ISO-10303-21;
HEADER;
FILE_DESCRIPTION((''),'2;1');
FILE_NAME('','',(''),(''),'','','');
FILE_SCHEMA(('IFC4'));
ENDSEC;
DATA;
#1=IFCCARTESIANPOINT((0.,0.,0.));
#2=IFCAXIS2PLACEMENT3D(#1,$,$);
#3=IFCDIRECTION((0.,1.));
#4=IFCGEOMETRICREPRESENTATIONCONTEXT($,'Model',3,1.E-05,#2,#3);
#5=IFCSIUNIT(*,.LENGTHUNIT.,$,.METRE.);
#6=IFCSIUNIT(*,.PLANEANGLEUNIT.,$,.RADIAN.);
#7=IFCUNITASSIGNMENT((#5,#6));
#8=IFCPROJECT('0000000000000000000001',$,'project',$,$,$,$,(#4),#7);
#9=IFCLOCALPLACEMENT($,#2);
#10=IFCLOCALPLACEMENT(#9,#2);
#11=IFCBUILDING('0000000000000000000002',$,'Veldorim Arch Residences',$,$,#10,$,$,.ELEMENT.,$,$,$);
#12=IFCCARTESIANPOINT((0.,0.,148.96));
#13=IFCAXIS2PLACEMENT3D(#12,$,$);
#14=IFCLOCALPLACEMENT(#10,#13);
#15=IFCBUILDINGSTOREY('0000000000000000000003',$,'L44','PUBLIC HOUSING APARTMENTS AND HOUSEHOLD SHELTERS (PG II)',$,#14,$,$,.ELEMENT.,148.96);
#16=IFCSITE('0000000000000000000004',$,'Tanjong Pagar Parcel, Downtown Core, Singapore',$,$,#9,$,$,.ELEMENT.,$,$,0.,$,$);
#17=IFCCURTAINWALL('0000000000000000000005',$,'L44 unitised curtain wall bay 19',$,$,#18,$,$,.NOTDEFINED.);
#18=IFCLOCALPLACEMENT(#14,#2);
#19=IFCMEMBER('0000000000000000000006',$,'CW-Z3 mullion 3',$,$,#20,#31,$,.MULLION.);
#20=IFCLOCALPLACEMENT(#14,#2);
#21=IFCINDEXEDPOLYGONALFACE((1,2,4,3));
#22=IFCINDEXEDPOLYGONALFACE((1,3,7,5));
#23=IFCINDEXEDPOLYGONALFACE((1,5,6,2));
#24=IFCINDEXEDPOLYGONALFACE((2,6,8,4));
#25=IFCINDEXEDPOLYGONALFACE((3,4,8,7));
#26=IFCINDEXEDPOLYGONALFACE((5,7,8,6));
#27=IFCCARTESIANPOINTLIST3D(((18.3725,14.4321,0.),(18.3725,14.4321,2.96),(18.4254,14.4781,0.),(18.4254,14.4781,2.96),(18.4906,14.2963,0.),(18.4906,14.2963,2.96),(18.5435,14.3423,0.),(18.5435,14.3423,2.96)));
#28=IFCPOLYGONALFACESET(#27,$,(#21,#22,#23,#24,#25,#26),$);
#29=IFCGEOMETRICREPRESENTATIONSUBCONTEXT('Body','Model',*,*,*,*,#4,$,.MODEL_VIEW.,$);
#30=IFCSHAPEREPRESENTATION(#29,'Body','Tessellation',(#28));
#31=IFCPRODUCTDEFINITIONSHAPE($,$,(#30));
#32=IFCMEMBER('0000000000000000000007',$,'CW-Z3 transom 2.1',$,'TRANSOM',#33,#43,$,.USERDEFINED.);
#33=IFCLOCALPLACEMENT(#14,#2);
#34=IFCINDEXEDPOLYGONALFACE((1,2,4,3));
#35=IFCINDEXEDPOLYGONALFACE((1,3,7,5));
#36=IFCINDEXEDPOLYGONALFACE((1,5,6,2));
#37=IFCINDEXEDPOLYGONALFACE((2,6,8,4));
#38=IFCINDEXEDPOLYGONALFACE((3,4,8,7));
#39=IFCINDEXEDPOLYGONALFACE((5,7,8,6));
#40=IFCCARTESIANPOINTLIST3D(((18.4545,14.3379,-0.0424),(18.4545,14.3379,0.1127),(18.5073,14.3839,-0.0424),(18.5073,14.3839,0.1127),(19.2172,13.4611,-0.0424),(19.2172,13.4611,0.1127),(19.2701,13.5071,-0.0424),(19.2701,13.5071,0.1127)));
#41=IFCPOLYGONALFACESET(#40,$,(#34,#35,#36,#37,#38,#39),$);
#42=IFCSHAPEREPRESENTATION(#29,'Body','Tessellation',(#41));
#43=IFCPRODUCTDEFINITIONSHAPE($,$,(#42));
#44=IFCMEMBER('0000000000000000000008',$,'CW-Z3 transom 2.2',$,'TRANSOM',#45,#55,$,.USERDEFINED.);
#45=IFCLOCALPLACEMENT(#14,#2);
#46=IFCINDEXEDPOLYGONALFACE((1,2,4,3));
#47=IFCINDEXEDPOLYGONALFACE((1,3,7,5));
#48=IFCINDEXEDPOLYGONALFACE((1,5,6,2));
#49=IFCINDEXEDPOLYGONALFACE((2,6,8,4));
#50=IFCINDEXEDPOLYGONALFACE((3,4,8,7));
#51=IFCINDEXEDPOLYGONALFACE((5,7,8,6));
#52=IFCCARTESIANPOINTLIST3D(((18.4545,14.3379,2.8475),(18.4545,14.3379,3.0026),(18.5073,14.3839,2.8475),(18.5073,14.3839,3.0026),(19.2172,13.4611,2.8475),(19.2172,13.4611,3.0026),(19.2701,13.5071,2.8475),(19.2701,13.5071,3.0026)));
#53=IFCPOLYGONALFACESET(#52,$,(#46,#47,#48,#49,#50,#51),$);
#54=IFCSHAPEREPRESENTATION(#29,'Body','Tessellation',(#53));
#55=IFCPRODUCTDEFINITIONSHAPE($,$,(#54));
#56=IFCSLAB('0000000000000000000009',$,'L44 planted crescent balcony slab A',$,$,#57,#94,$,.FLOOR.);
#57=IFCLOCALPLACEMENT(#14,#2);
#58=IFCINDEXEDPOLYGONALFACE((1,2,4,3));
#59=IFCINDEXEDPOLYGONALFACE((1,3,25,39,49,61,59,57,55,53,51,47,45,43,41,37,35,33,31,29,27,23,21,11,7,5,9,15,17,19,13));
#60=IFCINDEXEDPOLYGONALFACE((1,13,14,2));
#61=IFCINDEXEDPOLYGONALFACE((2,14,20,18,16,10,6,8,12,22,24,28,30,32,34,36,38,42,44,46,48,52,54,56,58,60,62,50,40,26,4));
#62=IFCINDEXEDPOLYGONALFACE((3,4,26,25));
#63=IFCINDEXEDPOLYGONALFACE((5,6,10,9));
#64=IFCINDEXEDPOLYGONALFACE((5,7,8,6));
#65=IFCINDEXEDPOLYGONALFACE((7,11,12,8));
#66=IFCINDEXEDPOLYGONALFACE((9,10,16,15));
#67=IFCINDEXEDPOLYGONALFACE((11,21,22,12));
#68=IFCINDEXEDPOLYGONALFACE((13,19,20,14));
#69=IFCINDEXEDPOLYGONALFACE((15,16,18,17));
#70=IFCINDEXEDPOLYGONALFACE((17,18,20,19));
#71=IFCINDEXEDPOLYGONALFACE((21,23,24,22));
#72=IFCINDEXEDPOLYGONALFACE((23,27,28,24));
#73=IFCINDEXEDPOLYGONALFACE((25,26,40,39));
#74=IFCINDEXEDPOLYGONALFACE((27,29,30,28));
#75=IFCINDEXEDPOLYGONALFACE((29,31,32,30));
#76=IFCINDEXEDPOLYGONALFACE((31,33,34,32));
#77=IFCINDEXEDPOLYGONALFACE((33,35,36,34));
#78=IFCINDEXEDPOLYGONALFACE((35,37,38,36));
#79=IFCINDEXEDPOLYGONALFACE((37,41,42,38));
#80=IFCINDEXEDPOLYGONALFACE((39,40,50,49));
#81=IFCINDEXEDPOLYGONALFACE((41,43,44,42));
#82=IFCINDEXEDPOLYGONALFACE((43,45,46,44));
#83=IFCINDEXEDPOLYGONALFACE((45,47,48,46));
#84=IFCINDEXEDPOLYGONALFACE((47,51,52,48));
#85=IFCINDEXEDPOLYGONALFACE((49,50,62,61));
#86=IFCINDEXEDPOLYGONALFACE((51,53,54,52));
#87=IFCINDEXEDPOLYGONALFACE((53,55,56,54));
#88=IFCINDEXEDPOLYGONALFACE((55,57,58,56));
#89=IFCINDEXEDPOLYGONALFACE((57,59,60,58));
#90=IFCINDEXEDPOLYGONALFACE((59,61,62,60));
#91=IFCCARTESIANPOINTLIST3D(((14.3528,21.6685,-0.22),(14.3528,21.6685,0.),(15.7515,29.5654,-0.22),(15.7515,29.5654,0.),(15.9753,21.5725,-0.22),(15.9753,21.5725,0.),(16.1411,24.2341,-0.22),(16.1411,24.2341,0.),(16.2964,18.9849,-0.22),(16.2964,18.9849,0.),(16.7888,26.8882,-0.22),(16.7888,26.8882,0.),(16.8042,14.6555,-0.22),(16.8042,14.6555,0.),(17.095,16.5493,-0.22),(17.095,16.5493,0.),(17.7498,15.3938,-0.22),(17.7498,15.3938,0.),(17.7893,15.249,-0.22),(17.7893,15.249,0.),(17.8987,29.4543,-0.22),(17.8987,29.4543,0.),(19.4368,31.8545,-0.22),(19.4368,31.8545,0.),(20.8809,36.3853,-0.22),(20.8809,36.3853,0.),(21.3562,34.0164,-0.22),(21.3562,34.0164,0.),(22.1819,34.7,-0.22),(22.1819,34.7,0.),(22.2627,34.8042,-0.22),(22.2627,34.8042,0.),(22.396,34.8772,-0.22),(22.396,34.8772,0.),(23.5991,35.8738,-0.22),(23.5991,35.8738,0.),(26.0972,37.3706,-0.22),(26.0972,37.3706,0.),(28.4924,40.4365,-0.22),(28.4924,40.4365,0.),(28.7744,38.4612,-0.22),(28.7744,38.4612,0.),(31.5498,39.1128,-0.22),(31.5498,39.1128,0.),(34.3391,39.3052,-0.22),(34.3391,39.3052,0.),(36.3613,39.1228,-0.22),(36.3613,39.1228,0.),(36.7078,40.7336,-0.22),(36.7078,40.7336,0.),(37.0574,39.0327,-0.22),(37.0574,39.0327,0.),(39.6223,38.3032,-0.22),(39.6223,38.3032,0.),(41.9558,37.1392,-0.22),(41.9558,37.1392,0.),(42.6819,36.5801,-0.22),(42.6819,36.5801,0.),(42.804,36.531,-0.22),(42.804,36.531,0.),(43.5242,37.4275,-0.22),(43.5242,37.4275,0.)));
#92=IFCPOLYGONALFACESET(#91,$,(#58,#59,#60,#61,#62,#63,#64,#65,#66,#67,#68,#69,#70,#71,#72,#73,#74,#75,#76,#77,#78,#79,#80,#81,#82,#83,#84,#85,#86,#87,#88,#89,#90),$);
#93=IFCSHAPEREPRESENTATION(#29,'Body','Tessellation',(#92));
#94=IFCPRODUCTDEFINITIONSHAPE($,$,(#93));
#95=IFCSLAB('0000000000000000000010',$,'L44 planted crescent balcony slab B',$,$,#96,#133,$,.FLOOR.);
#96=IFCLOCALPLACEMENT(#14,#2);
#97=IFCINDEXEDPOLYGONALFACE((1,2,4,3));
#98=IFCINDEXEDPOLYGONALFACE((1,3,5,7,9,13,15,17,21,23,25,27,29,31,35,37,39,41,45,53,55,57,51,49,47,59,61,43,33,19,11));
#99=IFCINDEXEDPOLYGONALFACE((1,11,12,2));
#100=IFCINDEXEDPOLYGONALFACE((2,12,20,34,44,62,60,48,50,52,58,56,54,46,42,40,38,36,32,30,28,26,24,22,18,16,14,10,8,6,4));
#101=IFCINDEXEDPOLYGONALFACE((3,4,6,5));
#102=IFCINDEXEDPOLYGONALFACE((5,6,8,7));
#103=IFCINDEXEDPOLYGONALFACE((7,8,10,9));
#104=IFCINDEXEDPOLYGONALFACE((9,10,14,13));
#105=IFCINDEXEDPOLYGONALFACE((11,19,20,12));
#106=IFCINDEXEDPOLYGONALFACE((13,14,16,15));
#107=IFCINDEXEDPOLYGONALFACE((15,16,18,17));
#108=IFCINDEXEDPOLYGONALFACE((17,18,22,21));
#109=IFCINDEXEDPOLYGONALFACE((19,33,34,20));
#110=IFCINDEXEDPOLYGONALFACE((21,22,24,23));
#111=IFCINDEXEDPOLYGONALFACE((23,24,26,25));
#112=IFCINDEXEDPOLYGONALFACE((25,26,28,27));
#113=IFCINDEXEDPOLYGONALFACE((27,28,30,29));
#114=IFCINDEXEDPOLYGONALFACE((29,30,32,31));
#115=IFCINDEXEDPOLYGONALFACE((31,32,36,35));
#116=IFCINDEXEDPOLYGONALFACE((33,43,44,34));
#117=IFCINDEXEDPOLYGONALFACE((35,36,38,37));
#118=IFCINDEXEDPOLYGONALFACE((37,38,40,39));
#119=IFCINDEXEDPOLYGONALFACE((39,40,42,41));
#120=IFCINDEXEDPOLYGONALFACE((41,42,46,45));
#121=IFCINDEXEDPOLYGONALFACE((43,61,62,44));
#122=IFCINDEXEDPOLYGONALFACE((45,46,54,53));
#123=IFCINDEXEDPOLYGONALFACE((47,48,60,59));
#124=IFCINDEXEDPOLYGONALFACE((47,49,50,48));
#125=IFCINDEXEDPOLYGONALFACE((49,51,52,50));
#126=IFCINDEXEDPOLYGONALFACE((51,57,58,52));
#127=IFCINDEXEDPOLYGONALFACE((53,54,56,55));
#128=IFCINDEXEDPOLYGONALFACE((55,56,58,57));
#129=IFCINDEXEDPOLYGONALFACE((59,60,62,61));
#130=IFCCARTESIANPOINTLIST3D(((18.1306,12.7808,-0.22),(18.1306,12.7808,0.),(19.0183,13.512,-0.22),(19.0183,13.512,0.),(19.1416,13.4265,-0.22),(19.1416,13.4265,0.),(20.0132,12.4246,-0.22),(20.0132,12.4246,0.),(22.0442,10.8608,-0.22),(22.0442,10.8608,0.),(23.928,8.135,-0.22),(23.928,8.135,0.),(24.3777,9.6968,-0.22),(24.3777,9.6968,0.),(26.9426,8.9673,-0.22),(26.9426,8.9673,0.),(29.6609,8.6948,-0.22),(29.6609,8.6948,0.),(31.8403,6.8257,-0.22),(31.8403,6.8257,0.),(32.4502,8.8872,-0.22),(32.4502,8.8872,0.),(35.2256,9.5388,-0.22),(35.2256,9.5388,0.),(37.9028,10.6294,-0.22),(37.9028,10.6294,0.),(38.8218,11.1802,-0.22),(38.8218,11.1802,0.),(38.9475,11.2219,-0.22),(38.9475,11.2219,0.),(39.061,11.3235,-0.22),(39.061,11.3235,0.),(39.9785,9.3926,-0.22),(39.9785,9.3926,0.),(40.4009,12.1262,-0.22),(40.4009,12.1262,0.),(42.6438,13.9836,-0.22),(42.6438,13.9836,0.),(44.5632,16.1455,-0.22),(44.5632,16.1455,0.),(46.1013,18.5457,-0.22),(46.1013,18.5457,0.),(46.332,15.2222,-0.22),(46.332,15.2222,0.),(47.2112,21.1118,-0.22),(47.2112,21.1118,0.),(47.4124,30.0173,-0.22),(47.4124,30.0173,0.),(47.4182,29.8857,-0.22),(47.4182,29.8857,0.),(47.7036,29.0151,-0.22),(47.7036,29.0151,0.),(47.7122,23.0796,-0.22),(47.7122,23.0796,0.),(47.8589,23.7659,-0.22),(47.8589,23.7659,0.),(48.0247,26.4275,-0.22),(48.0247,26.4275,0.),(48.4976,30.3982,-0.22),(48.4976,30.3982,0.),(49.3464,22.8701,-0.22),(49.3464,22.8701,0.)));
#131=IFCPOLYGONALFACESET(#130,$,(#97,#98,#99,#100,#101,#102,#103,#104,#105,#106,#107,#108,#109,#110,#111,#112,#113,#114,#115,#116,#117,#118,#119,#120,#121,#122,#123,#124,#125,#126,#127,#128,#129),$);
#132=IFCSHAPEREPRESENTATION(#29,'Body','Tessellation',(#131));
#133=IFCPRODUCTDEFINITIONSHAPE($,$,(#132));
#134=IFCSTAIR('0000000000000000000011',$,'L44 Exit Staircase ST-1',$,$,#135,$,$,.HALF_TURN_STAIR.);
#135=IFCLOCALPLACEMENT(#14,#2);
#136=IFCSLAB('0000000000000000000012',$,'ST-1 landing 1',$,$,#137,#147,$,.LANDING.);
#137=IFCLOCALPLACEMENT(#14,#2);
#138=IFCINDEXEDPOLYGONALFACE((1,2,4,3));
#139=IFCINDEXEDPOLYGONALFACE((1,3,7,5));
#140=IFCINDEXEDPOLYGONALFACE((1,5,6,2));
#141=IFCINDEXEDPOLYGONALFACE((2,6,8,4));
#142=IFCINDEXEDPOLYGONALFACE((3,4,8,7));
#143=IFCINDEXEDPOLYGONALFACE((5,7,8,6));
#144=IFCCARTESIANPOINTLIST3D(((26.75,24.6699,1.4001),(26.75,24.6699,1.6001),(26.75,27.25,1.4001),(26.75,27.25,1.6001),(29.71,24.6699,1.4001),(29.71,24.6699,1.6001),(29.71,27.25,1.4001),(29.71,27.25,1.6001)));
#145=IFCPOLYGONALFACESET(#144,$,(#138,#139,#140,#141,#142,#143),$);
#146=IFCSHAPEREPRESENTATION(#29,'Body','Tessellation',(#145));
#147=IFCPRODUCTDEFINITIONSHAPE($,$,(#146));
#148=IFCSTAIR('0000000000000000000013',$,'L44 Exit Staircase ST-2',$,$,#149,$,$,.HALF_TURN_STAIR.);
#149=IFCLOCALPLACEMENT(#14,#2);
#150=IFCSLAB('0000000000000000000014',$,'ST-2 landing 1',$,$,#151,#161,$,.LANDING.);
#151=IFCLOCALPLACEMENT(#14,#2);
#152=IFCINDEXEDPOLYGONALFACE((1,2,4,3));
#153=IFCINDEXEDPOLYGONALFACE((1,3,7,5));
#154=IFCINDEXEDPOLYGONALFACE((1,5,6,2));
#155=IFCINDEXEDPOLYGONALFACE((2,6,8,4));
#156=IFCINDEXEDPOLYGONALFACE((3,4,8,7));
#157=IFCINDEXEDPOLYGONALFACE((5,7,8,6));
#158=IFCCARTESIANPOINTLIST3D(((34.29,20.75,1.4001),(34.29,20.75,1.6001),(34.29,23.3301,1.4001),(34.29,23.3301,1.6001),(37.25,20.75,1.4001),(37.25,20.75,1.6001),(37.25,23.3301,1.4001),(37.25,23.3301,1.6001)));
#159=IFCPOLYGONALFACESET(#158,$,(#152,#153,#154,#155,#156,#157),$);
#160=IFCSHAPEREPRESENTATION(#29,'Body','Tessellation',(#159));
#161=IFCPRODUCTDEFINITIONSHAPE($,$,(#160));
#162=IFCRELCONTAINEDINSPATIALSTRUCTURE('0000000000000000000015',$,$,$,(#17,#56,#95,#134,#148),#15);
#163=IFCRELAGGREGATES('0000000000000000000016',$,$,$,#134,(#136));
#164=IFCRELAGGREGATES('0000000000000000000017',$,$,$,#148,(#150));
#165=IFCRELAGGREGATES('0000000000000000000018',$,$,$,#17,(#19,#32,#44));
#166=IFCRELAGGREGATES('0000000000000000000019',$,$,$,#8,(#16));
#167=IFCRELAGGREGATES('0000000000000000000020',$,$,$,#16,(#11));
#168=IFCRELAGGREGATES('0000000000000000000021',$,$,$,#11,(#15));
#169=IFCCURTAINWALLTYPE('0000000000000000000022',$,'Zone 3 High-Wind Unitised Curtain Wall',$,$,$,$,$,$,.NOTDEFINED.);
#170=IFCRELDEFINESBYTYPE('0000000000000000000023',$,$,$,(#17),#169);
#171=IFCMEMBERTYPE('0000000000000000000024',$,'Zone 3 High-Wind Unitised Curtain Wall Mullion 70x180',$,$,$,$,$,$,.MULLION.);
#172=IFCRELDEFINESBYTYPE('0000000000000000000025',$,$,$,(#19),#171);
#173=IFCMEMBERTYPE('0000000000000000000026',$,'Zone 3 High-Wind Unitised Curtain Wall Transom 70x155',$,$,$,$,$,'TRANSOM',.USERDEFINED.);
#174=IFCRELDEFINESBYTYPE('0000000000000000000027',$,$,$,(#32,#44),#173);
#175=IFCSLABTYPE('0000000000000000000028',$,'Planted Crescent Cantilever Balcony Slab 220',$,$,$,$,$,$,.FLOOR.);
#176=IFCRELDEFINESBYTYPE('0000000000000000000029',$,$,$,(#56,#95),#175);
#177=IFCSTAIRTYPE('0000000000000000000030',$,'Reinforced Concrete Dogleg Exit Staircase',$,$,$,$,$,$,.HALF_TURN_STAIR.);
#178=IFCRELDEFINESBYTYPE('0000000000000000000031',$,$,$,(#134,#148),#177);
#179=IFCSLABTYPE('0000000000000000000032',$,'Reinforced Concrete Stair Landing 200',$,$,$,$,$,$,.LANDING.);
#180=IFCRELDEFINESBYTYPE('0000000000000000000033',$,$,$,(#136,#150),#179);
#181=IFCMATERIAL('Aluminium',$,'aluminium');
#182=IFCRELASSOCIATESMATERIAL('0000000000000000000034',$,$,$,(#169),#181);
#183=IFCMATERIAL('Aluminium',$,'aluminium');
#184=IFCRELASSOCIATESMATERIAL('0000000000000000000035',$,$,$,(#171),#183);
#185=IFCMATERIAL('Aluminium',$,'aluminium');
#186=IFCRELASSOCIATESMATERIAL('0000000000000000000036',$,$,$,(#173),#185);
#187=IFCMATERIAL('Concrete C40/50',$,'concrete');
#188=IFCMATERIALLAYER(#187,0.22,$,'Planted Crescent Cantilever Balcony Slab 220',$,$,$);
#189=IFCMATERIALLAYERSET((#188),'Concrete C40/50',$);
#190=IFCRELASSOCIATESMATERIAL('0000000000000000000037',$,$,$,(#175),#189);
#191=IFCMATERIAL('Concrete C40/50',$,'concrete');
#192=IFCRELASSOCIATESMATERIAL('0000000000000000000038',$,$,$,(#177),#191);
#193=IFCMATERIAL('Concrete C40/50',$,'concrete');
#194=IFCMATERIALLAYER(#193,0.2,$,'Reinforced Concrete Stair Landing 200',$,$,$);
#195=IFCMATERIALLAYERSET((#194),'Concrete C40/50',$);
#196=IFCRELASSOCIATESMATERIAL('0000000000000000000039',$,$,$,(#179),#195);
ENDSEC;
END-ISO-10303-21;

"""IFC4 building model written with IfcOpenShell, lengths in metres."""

from ifc_helpers import new_model, si_unit, direction, frame, origin, origin_2d, place, context, subcontext, project, spatial, polyline, rectangle, outline, extrude, material, layer, layer_set, material_profile, profile_set, type_object, element, aggregate, save


model = new_model("IFC4")

# Units and contexts
model_context = context("Model", 3, precision=1e-05, world=origin(), true_north=direction((0.0, 1.0)))
body_context = subcontext(model_context, "Body", "Model", "MODEL_VIEW")
ifc_project = project(units=[si_unit("LENGTHUNIT", "METRE"), si_unit("PLANEANGLEUNIT", "RADIAN")], contexts=[model_context])

# Site, building, storey
site_placement = place(None, origin())
site = spatial("IfcSite", under=ifc_project, at=site_placement, Name="Tanjong Pagar Parcel, Downtown Core, Singapore", CompositionType="ELEMENT", RefElevation=0.0)
building_placement = place(site_placement, origin())
building = spatial("IfcBuilding", under=site, at=building_placement, Name="Veldorim Arch Residences", CompositionType="ELEMENT")
storey_placement = place(building_placement, frame((0.0, 0.0, 148.96)))
storey = spatial("IfcBuildingStorey", under=building, at=storey_placement, Name="L44", Description="PUBLIC HOUSING APARTMENTS AND HOUSEHOLD SHELTERS (PG II)", CompositionType="ELEMENT", Elevation=148.96)

# Curtain wall, members
ifc_material_1 = material(Name="Aluminium", Category="aluminium")
curtain_wall_type = type_object("IfcCurtainWallType", Name="Zone 3 High-Wind Unitised Curtain Wall", PredefinedType="NOTDEFINED", material=ifc_material_1)
curtain_wall_placement = place(storey_placement, origin())
curtain_wall = element("IfcCurtainWall", 1, at=curtain_wall_placement, inside=storey, type_object=curtain_wall_type, Name="L44 unitised curtain wall bay 19", PredefinedType="NOTDEFINED")
ifc_material_2 = material(Name="Aluminium", Category="aluminium")
ifc_material_profile_1 = material_profile(ifc_material_2, rectangle(XDim=0.0701, YDim=0.1799, at=origin_2d()), Name="ALU_MUL_70x180")
ifc_profile_set_1 = profile_set([ifc_material_profile_1], Name="Aluminium")
member_type_1 = type_object("IfcMemberType", Name="Zone 3 High-Wind Unitised Curtain Wall Mullion 70x180", PredefinedType="MULLION", material=ifc_profile_set_1)
member_1_placement = place(storey_placement, frame((18.458, 14.3872, 0.0), z_axis=(0.0, 0.0, 1.0), x_axis=(-0.7544, -0.656415, 0.0)))
member_1 = element("IfcMember", 2, at=member_1_placement, type_object=member_type_1, Name="CW-Z3 mullion 3", PredefinedType="MULLION", context=body_context, shape_type="SweptSolid", body=[
    extrude(rectangle(XDim=0.0701, YDim=0.1799, at=origin_2d()), origin(), (0.0, 0.0, 1.0), 2.96),
])
ifc_material_3 = material(Name="Aluminium", Category="aluminium")
ifc_material_profile_2 = material_profile(ifc_material_3, rectangle(XDim=0.0701, YDim=0.155, at=origin_2d()), Name="ALU_TRN_70x155")
ifc_profile_set_2 = profile_set([ifc_material_profile_2], Name="Aluminium")
member_type_2 = type_object("IfcMemberType", Name="Zone 3 High-Wind Unitised Curtain Wall Transom 70x155", ElementType="TRANSOM", PredefinedType="USERDEFINED", material=ifc_profile_set_2)
member_2_placement = place(storey_placement, frame((19.2437, 13.4841, 0.0352), z_axis=(-0.656345, 0.754461, 0.0), x_axis=(-0.754461, -0.656345, 0.0)))
member_2 = element("IfcMember", 3, at=member_2_placement, type_object=member_type_2, Name="CW-Z3 transom 2.1", ObjectType="TRANSOM", PredefinedType="USERDEFINED", context=body_context, shape_type="SweptSolid", body=[
    extrude(rectangle(XDim=0.0701, YDim=0.155, at=origin_2d()), origin(), (0.0, 0.0, 1.0), 1.1621),
])
member_3_placement = place(storey_placement, frame((19.2437, 13.4841, 2.925), z_axis=(-0.656345, 0.754461, 0.0), x_axis=(-0.754461, -0.656345, 0.0)))
member_3 = element("IfcMember", 4, at=member_3_placement, type_object=member_type_2, Name="CW-Z3 transom 2.2", ObjectType="TRANSOM", PredefinedType="USERDEFINED", context=body_context, shape_type="SweptSolid", body=[
    extrude(rectangle(XDim=0.0701, YDim=0.155, at=origin_2d()), origin(), (0.0, 0.0, 1.0), 1.1621),
])

# Slabs
ifc_material_4 = material(Name="Concrete C40/50", Category="concrete")
ifc_layer_1 = layer(ifc_material_4, 0.22, Name="Planted Crescent Cantilever Balcony Slab 220")
ifc_layer_set_1 = layer_set([ifc_layer_1], Name="Concrete C40/50")
slab_type_1 = type_object("IfcSlabType", Name="Planted Crescent Cantilever Balcony Slab 220", PredefinedType="FLOOR", material=ifc_layer_set_1)
slab_1_placement = place(storey_placement, frame((0.0, 0.0, -0.22)))
element("IfcSlab", 5, at=slab_1_placement, inside=storey, type_object=slab_type_1, Name="L44 planted crescent balcony slab A", PredefinedType="FLOOR", context=body_context, shape_type="SweptSolid", body=[
    extrude(outline(polyline([(42.6819, 36.5801), (41.9558, 37.1392), (39.6223, 38.3032), (37.0574, 39.0327), (36.3613, 39.1228), (34.3391, 39.3052), (31.5498, 39.1128), (28.7744, 38.4612), (26.0972, 37.3706), (23.5991, 35.8738), (22.396, 34.8772), (22.2627, 34.8042), (22.1819, 34.7), (21.3562, 34.0164), (19.4368, 31.8545), (17.8987, 29.4543), (16.7888, 26.8882), (16.1411, 24.2341), (15.9753, 21.5725), (16.2964, 18.9849), (17.095, 16.5493), (17.7498, 15.3938), (17.7893, 15.249), (16.8042, 14.6555), (14.3528, 21.6685), (15.7515, 29.5654), (20.8809, 36.3853), (28.4924, 40.4365), (36.7078, 40.7336), (43.5242, 37.4275), (42.804, 36.531), (42.6819, 36.5801)])), origin(), (0.0, 0.0, 1.0), 0.22),
])
slab_2_placement = place(storey_placement, frame((0.0, 0.0, -0.22)))
element("IfcSlab", 6, at=slab_2_placement, inside=storey, type_object=slab_type_1, Name="L44 planted crescent balcony slab B", PredefinedType="FLOOR", context=body_context, shape_type="SweptSolid", body=[
    extrude(outline(polyline([(19.1416, 13.4265), (20.0132, 12.4246), (22.0442, 10.8608), (24.3777, 9.6968), (26.9426, 8.9673), (29.6609, 8.6948), (32.4502, 8.8872), (35.2256, 9.5388), (37.9028, 10.6294), (38.8218, 11.1802), (38.9475, 11.2219), (39.061, 11.3235), (40.4009, 12.1262), (42.6438, 13.9836), (44.5632, 16.1455), (46.1013, 18.5457), (47.2112, 21.1118), (47.7122, 23.0796), (47.8589, 23.7659), (48.0247, 26.4275), (47.7036, 29.0151), (47.4182, 29.8857), (47.4124, 30.0173), (48.4976, 30.3982), (49.3464, 22.8701), (46.332, 15.2222), (39.9785, 9.3926), (31.8403, 6.8257), (23.928, 8.135), (18.1306, 12.7808), (19.0183, 13.512), (19.1416, 13.4265)])), origin(), (0.0, 0.0, 1.0), 0.22),
])

# Stairs, slabs
ifc_material_5 = material(Name="Concrete C40/50", Category="concrete")
stair_type = type_object("IfcStairType", Name="Reinforced Concrete Dogleg Exit Staircase", PredefinedType="HALF_TURN_STAIR", material=ifc_material_5)
stair_1_placement = place(storey_placement, origin())
stair_1 = element("IfcStair", 7, at=stair_1_placement, inside=storey, type_object=stair_type, Name="L44 Exit Staircase ST-1", PredefinedType="HALF_TURN_STAIR")
ifc_material_6 = material(Name="Concrete C40/50", Category="concrete")
ifc_layer_2 = layer(ifc_material_6, 0.2, Name="Reinforced Concrete Stair Landing 200")
ifc_layer_set_2 = layer_set([ifc_layer_2], Name="Concrete C40/50")
slab_type_2 = type_object("IfcSlabType", Name="Reinforced Concrete Stair Landing 200", PredefinedType="LANDING", material=ifc_layer_set_2)
slab_3_placement = place(storey_placement, frame((0.0, 0.0, 1.4001)))
slab_3 = element("IfcSlab", 8, at=slab_3_placement, type_object=slab_type_2, Name="ST-1 landing 1", PredefinedType="LANDING", context=body_context, shape_type="SweptSolid", body=[
    extrude(outline(polyline([(29.71, 24.6699), (29.71, 27.25), (26.75, 27.25), (26.75, 24.6699), (29.71, 24.6699)])), origin(), (0.0, 0.0, 1.0), 0.2),
])
aggregate(stair_1, [slab_3])
stair_2_placement = place(storey_placement, origin())
stair_2 = element("IfcStair", 9, at=stair_2_placement, inside=storey, type_object=stair_type, Name="L44 Exit Staircase ST-2", PredefinedType="HALF_TURN_STAIR")
slab_4_placement = place(storey_placement, frame((0.0, 0.0, 1.4001)))
slab_4 = element("IfcSlab", 10, at=slab_4_placement, type_object=slab_type_2, Name="ST-2 landing 1", PredefinedType="LANDING", context=body_context, shape_type="SweptSolid", body=[
    extrude(outline(polyline([(34.29, 23.3301), (34.29, 20.75), (37.25, 20.75), (37.25, 23.3301), (34.29, 23.3301)])), origin(), (0.0, 0.0, 1.0), 0.2),
])
aggregate(stair_2, [slab_4])

aggregate(curtain_wall, [member_1, member_2, member_3])

save(model, "model.ifc")
